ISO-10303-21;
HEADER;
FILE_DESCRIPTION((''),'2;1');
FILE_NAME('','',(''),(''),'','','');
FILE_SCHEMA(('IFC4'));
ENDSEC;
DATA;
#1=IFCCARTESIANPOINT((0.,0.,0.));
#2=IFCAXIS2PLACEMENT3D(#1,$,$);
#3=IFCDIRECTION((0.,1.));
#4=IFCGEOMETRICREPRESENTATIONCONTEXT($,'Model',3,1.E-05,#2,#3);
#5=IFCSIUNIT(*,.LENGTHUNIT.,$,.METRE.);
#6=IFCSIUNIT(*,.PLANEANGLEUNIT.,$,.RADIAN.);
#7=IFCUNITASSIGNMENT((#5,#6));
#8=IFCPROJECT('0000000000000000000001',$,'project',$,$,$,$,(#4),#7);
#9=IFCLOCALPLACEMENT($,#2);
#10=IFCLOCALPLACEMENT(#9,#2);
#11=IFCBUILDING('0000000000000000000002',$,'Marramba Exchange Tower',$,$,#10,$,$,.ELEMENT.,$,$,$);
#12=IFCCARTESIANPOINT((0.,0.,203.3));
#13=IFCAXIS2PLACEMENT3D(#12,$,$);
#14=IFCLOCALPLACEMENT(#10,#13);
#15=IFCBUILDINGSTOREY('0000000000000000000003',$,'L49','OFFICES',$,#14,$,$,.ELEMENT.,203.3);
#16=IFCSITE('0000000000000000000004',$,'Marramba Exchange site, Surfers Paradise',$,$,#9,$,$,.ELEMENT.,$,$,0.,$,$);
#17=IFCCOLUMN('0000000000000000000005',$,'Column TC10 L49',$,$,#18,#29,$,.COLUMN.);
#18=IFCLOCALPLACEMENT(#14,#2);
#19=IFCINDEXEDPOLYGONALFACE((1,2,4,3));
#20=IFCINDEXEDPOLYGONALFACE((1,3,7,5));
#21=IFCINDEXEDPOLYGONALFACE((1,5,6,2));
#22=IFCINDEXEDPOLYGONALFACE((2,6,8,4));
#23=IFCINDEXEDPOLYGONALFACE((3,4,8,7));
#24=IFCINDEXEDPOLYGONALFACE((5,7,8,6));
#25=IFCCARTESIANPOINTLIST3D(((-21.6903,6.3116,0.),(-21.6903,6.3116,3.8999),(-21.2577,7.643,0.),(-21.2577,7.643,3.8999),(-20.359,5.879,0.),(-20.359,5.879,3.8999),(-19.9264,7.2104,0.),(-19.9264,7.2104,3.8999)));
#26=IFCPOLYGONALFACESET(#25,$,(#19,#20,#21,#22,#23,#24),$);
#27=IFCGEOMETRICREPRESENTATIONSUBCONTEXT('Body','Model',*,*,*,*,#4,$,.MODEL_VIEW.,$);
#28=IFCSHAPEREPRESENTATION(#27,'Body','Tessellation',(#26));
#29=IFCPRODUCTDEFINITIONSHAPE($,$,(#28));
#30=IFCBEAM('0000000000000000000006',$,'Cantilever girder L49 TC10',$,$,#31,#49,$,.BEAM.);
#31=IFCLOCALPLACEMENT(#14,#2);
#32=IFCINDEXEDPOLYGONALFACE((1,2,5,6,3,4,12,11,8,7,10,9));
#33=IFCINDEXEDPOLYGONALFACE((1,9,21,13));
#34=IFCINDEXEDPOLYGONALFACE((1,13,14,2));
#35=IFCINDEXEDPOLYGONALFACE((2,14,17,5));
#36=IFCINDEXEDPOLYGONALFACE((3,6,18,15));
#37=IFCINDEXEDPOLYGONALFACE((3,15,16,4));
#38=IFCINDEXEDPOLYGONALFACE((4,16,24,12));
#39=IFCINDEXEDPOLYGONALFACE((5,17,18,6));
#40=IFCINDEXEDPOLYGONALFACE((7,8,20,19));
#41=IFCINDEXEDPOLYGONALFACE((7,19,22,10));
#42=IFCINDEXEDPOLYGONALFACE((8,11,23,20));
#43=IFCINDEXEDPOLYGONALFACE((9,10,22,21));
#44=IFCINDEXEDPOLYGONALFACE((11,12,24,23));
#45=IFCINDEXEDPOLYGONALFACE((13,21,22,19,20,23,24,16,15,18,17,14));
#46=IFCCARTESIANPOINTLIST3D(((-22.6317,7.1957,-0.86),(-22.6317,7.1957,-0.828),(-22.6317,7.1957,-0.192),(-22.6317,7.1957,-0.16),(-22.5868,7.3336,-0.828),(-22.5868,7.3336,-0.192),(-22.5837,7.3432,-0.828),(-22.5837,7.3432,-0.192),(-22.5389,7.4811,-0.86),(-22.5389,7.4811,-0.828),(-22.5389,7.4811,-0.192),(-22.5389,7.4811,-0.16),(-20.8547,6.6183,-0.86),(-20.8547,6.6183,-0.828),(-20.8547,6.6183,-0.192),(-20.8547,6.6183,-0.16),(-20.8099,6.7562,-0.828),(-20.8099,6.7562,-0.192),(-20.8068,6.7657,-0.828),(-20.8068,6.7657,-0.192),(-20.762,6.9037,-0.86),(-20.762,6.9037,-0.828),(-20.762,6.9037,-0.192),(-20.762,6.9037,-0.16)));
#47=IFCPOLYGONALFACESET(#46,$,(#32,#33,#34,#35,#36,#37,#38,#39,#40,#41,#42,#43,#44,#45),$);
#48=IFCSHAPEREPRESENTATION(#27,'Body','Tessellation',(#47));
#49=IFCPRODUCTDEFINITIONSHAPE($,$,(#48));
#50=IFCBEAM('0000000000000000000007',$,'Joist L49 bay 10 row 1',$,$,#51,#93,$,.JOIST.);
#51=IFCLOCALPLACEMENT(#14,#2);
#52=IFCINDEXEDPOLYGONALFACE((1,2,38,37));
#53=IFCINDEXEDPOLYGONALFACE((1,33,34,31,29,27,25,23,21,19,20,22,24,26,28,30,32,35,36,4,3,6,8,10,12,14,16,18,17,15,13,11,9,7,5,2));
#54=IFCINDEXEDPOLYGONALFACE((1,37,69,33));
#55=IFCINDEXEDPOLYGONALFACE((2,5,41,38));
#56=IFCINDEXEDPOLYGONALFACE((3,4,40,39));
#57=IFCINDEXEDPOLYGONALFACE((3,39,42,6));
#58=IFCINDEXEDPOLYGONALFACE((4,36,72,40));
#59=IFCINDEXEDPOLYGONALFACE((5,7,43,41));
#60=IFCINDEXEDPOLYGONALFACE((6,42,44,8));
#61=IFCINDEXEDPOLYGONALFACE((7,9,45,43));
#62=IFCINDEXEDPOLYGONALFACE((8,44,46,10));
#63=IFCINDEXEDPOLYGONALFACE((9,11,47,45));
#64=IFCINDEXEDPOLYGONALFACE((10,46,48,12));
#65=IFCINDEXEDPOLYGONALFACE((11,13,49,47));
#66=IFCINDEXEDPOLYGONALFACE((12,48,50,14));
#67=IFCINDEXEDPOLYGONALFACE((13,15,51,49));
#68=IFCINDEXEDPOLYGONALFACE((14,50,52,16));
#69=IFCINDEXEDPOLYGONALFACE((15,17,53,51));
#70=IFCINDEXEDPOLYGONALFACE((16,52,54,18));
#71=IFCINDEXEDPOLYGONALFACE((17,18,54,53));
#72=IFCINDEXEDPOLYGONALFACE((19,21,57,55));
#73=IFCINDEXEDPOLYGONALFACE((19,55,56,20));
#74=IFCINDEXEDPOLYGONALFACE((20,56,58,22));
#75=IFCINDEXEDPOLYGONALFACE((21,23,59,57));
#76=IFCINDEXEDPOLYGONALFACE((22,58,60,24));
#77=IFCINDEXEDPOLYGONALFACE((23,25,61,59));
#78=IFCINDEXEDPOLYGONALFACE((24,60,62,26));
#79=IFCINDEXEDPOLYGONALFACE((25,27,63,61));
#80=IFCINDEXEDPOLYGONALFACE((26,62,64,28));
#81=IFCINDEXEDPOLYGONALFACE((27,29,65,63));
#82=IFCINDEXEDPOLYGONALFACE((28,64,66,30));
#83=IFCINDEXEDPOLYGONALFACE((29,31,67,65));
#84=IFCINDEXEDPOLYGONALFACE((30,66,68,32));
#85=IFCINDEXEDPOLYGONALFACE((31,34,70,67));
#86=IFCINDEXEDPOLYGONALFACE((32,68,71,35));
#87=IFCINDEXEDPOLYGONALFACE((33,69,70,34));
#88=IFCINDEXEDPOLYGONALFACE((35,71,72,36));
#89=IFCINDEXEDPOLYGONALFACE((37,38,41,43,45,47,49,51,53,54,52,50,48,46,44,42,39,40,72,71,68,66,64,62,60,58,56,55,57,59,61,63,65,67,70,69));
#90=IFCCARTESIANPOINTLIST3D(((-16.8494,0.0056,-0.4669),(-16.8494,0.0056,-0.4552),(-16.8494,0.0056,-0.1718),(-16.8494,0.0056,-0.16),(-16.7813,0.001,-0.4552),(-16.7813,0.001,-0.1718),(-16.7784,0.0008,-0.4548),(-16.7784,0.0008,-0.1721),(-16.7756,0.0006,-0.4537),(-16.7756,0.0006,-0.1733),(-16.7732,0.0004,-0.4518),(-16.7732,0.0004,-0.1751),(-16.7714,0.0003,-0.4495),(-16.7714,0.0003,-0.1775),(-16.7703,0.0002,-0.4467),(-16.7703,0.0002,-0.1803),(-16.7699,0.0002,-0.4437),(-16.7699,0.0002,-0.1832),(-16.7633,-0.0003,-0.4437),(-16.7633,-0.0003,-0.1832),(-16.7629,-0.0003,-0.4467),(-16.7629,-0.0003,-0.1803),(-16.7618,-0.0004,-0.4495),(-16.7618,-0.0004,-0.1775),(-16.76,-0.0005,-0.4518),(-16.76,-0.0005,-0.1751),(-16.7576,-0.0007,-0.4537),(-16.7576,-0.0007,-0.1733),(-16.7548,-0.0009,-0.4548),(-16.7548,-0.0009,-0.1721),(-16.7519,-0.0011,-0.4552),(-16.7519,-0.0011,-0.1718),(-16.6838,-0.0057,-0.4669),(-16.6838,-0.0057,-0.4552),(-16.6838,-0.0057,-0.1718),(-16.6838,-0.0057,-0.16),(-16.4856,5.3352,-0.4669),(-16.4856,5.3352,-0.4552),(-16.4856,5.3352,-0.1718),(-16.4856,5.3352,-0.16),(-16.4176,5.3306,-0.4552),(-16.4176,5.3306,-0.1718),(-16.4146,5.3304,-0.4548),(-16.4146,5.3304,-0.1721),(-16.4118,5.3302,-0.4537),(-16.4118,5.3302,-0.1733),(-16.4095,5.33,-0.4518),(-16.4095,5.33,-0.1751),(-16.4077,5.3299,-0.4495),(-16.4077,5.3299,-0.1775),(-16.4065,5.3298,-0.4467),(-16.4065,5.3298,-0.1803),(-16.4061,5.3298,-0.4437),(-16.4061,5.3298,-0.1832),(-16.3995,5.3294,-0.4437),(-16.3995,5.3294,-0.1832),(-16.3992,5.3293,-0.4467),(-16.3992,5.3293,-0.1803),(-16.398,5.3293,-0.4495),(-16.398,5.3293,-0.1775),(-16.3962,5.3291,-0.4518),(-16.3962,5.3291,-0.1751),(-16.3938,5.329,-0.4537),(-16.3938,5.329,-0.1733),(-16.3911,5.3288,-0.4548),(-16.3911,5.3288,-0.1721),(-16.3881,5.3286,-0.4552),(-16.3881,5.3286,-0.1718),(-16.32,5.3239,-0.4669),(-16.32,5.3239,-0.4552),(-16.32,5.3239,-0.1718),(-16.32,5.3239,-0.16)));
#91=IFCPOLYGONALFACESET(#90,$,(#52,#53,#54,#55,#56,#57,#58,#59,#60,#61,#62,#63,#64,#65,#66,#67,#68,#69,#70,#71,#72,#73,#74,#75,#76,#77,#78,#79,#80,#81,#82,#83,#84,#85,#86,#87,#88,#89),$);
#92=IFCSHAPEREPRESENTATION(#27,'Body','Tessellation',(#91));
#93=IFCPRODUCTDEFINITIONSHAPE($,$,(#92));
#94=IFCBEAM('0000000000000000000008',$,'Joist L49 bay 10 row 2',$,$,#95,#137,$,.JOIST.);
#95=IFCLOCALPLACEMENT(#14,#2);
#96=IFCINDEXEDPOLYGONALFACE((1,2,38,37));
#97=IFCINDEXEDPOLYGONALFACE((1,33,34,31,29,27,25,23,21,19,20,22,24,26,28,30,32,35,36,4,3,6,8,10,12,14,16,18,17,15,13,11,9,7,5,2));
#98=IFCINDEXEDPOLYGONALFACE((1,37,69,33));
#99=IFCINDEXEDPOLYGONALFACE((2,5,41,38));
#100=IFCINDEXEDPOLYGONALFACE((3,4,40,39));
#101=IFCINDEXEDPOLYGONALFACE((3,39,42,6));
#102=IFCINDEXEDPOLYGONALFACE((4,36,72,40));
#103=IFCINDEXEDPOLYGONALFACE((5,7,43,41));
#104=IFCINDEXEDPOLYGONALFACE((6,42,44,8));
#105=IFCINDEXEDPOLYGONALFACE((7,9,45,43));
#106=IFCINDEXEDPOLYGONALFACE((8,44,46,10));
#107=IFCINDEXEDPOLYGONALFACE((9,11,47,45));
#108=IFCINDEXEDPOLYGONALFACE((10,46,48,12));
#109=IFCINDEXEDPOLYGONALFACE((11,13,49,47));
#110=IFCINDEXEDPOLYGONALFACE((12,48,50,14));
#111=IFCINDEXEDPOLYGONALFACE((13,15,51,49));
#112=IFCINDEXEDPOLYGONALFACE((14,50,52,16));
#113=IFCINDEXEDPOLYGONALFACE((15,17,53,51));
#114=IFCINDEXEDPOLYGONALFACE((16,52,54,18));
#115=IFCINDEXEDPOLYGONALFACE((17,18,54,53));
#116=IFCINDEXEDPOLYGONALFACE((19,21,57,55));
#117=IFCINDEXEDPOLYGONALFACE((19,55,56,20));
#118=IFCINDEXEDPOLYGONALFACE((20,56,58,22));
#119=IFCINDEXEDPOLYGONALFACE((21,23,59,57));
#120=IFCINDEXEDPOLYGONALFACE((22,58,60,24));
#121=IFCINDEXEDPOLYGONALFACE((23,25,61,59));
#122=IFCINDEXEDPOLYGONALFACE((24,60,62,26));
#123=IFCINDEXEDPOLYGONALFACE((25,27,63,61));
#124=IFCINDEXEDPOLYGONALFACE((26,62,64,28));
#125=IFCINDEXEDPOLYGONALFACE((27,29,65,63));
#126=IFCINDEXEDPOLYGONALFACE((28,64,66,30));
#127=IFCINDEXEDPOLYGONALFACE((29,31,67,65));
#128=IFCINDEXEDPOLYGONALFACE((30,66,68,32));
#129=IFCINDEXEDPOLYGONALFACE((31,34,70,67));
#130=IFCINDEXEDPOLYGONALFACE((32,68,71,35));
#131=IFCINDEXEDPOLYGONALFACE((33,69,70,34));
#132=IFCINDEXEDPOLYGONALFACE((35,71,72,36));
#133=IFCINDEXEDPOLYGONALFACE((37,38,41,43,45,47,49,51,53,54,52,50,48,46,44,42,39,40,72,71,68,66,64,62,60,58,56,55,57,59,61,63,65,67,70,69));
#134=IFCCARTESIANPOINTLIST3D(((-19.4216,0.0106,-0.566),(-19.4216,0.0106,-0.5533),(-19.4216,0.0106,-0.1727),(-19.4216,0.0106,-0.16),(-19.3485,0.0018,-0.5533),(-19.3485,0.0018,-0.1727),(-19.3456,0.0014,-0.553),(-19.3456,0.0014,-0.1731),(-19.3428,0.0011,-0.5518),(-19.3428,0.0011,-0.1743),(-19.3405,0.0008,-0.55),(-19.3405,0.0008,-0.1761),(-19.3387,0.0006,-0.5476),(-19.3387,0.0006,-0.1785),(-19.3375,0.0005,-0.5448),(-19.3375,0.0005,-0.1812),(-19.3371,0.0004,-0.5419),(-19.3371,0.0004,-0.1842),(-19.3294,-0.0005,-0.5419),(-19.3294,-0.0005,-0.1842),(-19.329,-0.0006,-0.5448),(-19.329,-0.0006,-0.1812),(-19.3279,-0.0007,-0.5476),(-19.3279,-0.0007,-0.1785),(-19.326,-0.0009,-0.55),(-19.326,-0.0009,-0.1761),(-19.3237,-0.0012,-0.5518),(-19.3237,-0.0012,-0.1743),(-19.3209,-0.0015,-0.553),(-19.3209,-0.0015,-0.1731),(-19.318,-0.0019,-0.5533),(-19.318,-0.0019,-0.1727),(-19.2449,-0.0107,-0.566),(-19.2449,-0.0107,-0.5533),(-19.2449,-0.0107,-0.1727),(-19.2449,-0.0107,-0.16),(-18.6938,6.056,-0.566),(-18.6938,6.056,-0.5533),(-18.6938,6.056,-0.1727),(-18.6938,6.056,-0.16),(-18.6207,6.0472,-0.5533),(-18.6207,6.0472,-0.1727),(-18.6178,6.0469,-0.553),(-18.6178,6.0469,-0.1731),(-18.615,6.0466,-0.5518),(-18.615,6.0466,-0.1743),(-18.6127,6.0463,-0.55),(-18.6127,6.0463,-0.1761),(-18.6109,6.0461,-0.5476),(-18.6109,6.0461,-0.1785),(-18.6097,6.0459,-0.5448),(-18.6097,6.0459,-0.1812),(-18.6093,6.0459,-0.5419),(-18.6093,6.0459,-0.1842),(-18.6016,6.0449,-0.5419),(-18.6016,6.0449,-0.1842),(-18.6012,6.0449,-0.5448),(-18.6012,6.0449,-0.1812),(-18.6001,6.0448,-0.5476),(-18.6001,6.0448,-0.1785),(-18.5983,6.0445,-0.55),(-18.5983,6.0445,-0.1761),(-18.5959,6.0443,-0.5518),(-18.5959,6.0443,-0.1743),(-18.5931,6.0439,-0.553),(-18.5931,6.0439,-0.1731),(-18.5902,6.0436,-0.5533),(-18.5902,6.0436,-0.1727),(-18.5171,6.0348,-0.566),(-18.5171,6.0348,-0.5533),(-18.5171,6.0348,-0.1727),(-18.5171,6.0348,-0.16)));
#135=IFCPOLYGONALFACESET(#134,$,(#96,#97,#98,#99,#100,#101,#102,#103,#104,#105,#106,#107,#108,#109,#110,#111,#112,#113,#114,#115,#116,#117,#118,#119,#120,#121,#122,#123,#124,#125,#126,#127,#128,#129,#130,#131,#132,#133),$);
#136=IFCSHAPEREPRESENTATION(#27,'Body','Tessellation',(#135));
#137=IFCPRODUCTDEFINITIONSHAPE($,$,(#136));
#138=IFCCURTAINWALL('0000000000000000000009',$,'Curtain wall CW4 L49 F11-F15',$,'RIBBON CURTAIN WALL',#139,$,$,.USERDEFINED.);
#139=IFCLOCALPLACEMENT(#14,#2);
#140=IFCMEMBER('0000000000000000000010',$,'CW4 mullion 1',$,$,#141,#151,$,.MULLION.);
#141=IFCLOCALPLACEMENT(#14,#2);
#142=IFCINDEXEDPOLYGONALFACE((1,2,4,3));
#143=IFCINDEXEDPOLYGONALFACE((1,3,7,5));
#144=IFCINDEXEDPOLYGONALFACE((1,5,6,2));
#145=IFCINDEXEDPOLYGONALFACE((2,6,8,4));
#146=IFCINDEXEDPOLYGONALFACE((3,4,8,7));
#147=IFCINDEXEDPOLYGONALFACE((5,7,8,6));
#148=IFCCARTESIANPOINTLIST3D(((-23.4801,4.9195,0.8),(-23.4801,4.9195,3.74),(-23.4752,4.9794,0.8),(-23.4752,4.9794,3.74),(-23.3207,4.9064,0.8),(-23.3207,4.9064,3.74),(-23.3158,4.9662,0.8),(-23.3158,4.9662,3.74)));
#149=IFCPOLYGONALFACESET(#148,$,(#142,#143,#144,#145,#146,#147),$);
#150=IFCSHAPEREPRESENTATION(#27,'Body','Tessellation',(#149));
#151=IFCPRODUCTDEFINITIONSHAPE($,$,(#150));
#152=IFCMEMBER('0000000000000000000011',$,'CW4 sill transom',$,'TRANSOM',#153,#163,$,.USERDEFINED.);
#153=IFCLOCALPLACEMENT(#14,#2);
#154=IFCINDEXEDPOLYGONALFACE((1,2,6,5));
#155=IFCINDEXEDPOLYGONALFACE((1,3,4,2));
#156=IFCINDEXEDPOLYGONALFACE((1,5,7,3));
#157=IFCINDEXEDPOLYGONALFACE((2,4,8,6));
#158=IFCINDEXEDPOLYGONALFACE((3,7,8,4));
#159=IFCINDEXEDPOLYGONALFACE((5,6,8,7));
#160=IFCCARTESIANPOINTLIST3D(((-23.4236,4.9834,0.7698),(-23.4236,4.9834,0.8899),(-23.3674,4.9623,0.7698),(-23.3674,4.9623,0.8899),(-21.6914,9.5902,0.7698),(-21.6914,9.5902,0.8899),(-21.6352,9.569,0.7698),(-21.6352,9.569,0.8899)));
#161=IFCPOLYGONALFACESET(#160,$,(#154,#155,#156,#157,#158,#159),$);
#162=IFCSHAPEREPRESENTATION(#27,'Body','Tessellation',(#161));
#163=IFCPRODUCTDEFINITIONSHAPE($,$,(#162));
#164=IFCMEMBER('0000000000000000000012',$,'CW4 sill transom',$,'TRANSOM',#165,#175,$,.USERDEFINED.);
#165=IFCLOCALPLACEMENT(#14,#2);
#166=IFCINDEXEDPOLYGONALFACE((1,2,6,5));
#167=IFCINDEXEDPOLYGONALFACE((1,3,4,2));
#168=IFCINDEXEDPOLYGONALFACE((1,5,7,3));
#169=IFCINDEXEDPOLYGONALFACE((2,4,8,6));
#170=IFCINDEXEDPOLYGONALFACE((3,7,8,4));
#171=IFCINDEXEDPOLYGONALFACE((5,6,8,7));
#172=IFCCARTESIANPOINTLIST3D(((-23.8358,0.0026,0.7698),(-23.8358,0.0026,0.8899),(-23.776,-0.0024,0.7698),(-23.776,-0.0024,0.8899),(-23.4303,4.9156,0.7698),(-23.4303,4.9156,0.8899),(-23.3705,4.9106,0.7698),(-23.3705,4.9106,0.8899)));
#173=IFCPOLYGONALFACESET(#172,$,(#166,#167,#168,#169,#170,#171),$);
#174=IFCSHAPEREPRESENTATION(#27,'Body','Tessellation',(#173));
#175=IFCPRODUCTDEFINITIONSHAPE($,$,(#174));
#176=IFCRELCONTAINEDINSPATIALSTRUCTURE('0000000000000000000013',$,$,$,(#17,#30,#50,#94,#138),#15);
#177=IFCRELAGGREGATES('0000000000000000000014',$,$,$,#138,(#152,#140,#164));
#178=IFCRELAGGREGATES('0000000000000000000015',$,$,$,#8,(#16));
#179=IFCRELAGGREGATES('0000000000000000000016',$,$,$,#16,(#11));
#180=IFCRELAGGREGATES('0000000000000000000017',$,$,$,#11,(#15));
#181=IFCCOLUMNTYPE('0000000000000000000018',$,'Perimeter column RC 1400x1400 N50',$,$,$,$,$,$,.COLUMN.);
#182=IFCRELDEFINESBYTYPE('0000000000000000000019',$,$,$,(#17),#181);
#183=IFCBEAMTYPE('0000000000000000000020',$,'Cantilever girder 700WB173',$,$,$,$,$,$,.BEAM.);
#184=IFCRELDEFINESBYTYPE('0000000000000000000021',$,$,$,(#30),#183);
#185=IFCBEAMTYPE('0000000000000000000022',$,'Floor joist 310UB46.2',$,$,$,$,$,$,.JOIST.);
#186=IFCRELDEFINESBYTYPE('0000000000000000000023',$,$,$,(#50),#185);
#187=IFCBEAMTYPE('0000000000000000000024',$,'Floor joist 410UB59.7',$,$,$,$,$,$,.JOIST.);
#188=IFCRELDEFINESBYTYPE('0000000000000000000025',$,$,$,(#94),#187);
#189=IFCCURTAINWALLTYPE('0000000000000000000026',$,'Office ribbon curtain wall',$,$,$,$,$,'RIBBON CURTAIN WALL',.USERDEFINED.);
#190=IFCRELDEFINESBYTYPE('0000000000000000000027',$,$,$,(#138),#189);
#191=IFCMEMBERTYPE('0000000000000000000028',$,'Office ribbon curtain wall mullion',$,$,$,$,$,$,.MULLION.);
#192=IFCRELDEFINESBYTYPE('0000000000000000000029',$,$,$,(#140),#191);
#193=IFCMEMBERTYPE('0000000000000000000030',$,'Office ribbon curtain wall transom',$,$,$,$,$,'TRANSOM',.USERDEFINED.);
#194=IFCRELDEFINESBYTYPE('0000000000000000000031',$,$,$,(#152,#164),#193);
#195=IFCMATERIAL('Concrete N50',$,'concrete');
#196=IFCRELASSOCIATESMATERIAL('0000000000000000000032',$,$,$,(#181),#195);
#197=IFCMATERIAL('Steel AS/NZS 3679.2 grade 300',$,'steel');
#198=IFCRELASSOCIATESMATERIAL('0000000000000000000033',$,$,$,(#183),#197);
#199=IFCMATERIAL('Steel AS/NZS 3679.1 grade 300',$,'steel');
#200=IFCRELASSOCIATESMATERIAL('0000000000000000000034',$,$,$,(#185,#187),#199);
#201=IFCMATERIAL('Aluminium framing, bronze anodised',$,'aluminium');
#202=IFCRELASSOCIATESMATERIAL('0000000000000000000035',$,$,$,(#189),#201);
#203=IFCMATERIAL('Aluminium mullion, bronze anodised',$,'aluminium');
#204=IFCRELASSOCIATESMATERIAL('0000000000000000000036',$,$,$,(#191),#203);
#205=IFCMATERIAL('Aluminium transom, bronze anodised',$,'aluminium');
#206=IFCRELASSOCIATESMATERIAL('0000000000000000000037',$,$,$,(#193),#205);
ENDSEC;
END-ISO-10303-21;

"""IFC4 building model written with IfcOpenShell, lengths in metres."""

from ifc_helpers import new_model, si_unit, direction, frame, origin, origin_2d, place, context, subcontext, project, spatial, rectangle, i_section, extrude, material, material_profile, profile_set, type_object, element, aggregate, save


model = new_model("IFC4")

# Units and contexts
model_context = context("Model", 3, precision=1e-05, world=origin(), true_north=direction((0.0, 1.0)))
body_context = subcontext(model_context, "Body", "Model", "MODEL_VIEW")
ifc_project = project(units=[si_unit("LENGTHUNIT", "METRE"), si_unit("PLANEANGLEUNIT", "RADIAN")], contexts=[model_context])

# Site, building, storey
site_placement = place(None, origin())
site = spatial("IfcSite", under=ifc_project, at=site_placement, Name="Marramba Exchange site, Surfers Paradise", CompositionType="ELEMENT", RefElevation=0.0)
building_placement = place(site_placement, origin())
building = spatial("IfcBuilding", under=site, at=building_placement, Name="Marramba Exchange Tower", CompositionType="ELEMENT")
storey_placement = place(building_placement, frame((0.0, 0.0, 203.3)))
storey = spatial("IfcBuildingStorey", under=building, at=storey_placement, Name="L49", Description="OFFICES", CompositionType="ELEMENT", Elevation=203.3)

# Column
ifc_material_1 = material(Name="Concrete N50", Category="concrete")
ifc_material_profile_1 = material_profile(ifc_material_1, rectangle(XDim=1.3999, YDim=1.3999, at=origin_2d()), Name="RC 1400x1400")
ifc_profile_set_1 = profile_set([ifc_material_profile_1], Name="Concrete N50")
column_type = type_object("IfcColumnType", Name="Perimeter column RC 1400x1400 N50", PredefinedType="COLUMN", material=ifc_profile_set_1)
column_placement = place(storey_placement, frame((-20.8083, 6.761, 0.0), z_axis=(0.0, 0.0, 1.0), x_axis=(-0.951057, 0.309017, 0.0)))
element("IfcColumn", 1, at=column_placement, inside=storey, type_object=column_type, Name="Column TC10 L49", PredefinedType="COLUMN", context=body_context, shape_type="SweptSolid", body=[
    extrude(rectangle(XDim=1.3999, YDim=1.3999, at=origin_2d()), origin(), (0.0, 0.0, 1.0), 3.8999),
])

# Beams
ifc_material_2 = material(Name="Steel AS/NZS 3679.2 grade 300", Category="steel")
ifc_material_profile_2 = material_profile(ifc_material_2, i_section(OverallWidth=0.3, OverallDepth=0.7, WebThickness=0.01, FlangeThickness=0.032, at=origin_2d()), Name="700WB173")
ifc_profile_set_2 = profile_set([ifc_material_profile_2], Name="Steel AS/NZS 3679.2 grade 300")
beam_type_1 = type_object("IfcBeamType", Name="Cantilever girder 700WB173", PredefinedType="BEAM", material=ifc_profile_set_2)
beam_1_placement = place(storey_placement, frame((-20.8083, 6.761, -0.51), z_axis=(-0.951048, 0.309045, 0.0), x_axis=(-0.309045, -0.951048, 0.0)))
element("IfcBeam", 2, at=beam_1_placement, inside=storey, type_object=beam_type_1, Name="Cantilever girder L49 TC10", PredefinedType="BEAM", context=body_context, shape_type="SweptSolid", body=[
    extrude(i_section(OverallWidth=0.3, OverallDepth=0.7, WebThickness=0.01, FlangeThickness=0.032, at=origin_2d()), origin(), (0.0, 0.0, 1.0), 1.8684),
])
ifc_material_3 = material(Name="Steel AS/NZS 3679.1 grade 300", Category="steel")
ifc_material_profile_3 = material_profile(ifc_material_3, i_section(OverallWidth=0.166, OverallDepth=0.3069, WebThickness=0.0066, FlangeThickness=0.0117, FilletRadius=0.0115, at=origin_2d()), Name="310UB46.2")
ifc_profile_set_3 = profile_set([ifc_material_profile_3], Name="Steel AS/NZS 3679.1 grade 300")
beam_type_2 = type_object("IfcBeamType", Name="Floor joist 310UB46.2", PredefinedType="JOIST", material=ifc_profile_set_3)
beam_2_placement = place(storey_placement, frame((-16.4028, 5.3296, -0.3135), z_axis=(-0.068096, -0.997679, 0.0), x_axis=(0.997679, -0.068096, 0.0)))
element("IfcBeam", 3, at=beam_2_placement, inside=storey, type_object=beam_type_2, Name="Joist L49 bay 10 row 1", PredefinedType="JOIST", context=body_context, shape_type="SweptSolid", body=[
    extrude(i_section(OverallWidth=0.166, OverallDepth=0.3069, WebThickness=0.0066, FlangeThickness=0.0117, FilletRadius=0.0115, at=origin_2d()), origin(), (0.0, 0.0, 1.0), 5.342),
])
ifc_material_profile_4 = material_profile(ifc_material_3, i_section(OverallWidth=0.178, OverallDepth=0.406, WebThickness=0.0078, FlangeThickness=0.0127, FilletRadius=0.0115, at=origin_2d()), Name="410UB59.7")
ifc_profile_set_4 = profile_set([ifc_material_profile_4], Name="Steel AS/NZS 3679.1 grade 300")
beam_type_3 = type_object("IfcBeamType", Name="Floor joist 410UB59.7", PredefinedType="JOIST", material=ifc_profile_set_4)
beam_3_placement = place(storey_placement, frame((-18.6055, 6.0454, -0.363), z_axis=(-0.119523, -0.992831, 0.0), x_axis=(0.992831, -0.119523, 0.0)))
element("IfcBeam", 4, at=beam_3_placement, inside=storey, type_object=beam_type_3, Name="Joist L49 bay 10 row 2", PredefinedType="JOIST", context=body_context, shape_type="SweptSolid", body=[
    extrude(i_section(OverallWidth=0.178, OverallDepth=0.406, WebThickness=0.0078, FlangeThickness=0.0127, FilletRadius=0.0115, at=origin_2d()), origin(), (0.0, 0.0, 1.0), 6.0891),
])

# Curtain wall, members
ifc_material_4 = material(Name="Aluminium framing, bronze anodised", Category="aluminium")
curtain_wall_type = type_object("IfcCurtainWallType", Name="Office ribbon curtain wall", ElementType="RIBBON CURTAIN WALL", PredefinedType="USERDEFINED", material=ifc_material_4)
curtain_wall_placement = place(storey_placement, origin())
curtain_wall = element("IfcCurtainWall", 5, at=curtain_wall_placement, inside=storey, type_object=curtain_wall_type, Name="Curtain wall CW4 L49 F11-F15", ObjectType="RIBBON CURTAIN WALL", PredefinedType="USERDEFINED")
ifc_material_5 = material(Name="Aluminium mullion, bronze anodised", Category="aluminium")
ifc_material_profile_5 = material_profile(ifc_material_5, rectangle(XDim=0.1599, YDim=0.0601, at=origin_2d()), Name="CW4 mullion 60x160")
ifc_profile_set_5 = profile_set([ifc_material_profile_5], Name="Aluminium mullion, bronze anodised")
member_type_1 = type_object("IfcMemberType", Name="Office ribbon curtain wall mullion", PredefinedType="MULLION", material=ifc_profile_set_5)
member_1_placement = place(storey_placement, frame((-23.3979, 4.9429, 0.8), z_axis=(0.0, 0.0, 1.0), x_axis=(0.996609, -0.082281, 0.0)))
member_1 = element("IfcMember", 6, at=member_1_placement, type_object=member_type_1, Name="CW4 mullion 1", PredefinedType="MULLION", context=body_context, shape_type="SweptSolid", body=[
    extrude(rectangle(XDim=0.1599, YDim=0.0601, at=origin_2d()), origin(), (0.0, 0.0, 1.0), 2.9399),
])
ifc_material_6 = material(Name="Aluminium transom, bronze anodised", Category="aluminium")
ifc_material_profile_6 = material_profile(ifc_material_6, rectangle(XDim=0.0601, YDim=0.1201, at=origin_2d()), Name="CW4 transom 60x120")
ifc_profile_set_6 = profile_set([ifc_material_profile_6], Name="Aluminium transom, bronze anodised")
member_type_2 = type_object("IfcMemberType", Name="Office ribbon curtain wall transom", ElementType="TRANSOM", PredefinedType="USERDEFINED", material=ifc_profile_set_6)
member_2_placement = place(storey_placement, frame((-21.6633, 9.5796, 0.8298), z_axis=(-0.351955, -0.936017, 0.0), x_axis=(0.936017, -0.351955, 0.0)))
member_2 = element("IfcMember", 7, at=member_2_placement, type_object=member_type_2, Name="CW4 sill transom", ObjectType="TRANSOM", PredefinedType="USERDEFINED", context=body_context, shape_type="SweptSolid", body=[
    extrude(rectangle(XDim=0.0601, YDim=0.1201, at=origin_2d()), origin(), (0.0, 0.0, 1.0), 4.9216),
])
member_3_placement = place(storey_placement, frame((-23.4004, 4.9131, 0.8298), z_axis=(-0.082259, -0.996611, 0.0), x_axis=(0.996611, -0.082259, 0.0)))
member_3 = element("IfcMember", 8, at=member_3_placement, type_object=member_type_2, Name="CW4 sill transom", ObjectType="TRANSOM", PredefinedType="USERDEFINED", context=body_context, shape_type="SweptSolid", body=[
    extrude(rectangle(XDim=0.0601, YDim=0.1201, at=origin_2d()), origin(), (0.0, 0.0, 1.0), 4.9297),
])

aggregate(curtain_wall, [member_2, member_1, member_3])

save(model, "model.ifc")
